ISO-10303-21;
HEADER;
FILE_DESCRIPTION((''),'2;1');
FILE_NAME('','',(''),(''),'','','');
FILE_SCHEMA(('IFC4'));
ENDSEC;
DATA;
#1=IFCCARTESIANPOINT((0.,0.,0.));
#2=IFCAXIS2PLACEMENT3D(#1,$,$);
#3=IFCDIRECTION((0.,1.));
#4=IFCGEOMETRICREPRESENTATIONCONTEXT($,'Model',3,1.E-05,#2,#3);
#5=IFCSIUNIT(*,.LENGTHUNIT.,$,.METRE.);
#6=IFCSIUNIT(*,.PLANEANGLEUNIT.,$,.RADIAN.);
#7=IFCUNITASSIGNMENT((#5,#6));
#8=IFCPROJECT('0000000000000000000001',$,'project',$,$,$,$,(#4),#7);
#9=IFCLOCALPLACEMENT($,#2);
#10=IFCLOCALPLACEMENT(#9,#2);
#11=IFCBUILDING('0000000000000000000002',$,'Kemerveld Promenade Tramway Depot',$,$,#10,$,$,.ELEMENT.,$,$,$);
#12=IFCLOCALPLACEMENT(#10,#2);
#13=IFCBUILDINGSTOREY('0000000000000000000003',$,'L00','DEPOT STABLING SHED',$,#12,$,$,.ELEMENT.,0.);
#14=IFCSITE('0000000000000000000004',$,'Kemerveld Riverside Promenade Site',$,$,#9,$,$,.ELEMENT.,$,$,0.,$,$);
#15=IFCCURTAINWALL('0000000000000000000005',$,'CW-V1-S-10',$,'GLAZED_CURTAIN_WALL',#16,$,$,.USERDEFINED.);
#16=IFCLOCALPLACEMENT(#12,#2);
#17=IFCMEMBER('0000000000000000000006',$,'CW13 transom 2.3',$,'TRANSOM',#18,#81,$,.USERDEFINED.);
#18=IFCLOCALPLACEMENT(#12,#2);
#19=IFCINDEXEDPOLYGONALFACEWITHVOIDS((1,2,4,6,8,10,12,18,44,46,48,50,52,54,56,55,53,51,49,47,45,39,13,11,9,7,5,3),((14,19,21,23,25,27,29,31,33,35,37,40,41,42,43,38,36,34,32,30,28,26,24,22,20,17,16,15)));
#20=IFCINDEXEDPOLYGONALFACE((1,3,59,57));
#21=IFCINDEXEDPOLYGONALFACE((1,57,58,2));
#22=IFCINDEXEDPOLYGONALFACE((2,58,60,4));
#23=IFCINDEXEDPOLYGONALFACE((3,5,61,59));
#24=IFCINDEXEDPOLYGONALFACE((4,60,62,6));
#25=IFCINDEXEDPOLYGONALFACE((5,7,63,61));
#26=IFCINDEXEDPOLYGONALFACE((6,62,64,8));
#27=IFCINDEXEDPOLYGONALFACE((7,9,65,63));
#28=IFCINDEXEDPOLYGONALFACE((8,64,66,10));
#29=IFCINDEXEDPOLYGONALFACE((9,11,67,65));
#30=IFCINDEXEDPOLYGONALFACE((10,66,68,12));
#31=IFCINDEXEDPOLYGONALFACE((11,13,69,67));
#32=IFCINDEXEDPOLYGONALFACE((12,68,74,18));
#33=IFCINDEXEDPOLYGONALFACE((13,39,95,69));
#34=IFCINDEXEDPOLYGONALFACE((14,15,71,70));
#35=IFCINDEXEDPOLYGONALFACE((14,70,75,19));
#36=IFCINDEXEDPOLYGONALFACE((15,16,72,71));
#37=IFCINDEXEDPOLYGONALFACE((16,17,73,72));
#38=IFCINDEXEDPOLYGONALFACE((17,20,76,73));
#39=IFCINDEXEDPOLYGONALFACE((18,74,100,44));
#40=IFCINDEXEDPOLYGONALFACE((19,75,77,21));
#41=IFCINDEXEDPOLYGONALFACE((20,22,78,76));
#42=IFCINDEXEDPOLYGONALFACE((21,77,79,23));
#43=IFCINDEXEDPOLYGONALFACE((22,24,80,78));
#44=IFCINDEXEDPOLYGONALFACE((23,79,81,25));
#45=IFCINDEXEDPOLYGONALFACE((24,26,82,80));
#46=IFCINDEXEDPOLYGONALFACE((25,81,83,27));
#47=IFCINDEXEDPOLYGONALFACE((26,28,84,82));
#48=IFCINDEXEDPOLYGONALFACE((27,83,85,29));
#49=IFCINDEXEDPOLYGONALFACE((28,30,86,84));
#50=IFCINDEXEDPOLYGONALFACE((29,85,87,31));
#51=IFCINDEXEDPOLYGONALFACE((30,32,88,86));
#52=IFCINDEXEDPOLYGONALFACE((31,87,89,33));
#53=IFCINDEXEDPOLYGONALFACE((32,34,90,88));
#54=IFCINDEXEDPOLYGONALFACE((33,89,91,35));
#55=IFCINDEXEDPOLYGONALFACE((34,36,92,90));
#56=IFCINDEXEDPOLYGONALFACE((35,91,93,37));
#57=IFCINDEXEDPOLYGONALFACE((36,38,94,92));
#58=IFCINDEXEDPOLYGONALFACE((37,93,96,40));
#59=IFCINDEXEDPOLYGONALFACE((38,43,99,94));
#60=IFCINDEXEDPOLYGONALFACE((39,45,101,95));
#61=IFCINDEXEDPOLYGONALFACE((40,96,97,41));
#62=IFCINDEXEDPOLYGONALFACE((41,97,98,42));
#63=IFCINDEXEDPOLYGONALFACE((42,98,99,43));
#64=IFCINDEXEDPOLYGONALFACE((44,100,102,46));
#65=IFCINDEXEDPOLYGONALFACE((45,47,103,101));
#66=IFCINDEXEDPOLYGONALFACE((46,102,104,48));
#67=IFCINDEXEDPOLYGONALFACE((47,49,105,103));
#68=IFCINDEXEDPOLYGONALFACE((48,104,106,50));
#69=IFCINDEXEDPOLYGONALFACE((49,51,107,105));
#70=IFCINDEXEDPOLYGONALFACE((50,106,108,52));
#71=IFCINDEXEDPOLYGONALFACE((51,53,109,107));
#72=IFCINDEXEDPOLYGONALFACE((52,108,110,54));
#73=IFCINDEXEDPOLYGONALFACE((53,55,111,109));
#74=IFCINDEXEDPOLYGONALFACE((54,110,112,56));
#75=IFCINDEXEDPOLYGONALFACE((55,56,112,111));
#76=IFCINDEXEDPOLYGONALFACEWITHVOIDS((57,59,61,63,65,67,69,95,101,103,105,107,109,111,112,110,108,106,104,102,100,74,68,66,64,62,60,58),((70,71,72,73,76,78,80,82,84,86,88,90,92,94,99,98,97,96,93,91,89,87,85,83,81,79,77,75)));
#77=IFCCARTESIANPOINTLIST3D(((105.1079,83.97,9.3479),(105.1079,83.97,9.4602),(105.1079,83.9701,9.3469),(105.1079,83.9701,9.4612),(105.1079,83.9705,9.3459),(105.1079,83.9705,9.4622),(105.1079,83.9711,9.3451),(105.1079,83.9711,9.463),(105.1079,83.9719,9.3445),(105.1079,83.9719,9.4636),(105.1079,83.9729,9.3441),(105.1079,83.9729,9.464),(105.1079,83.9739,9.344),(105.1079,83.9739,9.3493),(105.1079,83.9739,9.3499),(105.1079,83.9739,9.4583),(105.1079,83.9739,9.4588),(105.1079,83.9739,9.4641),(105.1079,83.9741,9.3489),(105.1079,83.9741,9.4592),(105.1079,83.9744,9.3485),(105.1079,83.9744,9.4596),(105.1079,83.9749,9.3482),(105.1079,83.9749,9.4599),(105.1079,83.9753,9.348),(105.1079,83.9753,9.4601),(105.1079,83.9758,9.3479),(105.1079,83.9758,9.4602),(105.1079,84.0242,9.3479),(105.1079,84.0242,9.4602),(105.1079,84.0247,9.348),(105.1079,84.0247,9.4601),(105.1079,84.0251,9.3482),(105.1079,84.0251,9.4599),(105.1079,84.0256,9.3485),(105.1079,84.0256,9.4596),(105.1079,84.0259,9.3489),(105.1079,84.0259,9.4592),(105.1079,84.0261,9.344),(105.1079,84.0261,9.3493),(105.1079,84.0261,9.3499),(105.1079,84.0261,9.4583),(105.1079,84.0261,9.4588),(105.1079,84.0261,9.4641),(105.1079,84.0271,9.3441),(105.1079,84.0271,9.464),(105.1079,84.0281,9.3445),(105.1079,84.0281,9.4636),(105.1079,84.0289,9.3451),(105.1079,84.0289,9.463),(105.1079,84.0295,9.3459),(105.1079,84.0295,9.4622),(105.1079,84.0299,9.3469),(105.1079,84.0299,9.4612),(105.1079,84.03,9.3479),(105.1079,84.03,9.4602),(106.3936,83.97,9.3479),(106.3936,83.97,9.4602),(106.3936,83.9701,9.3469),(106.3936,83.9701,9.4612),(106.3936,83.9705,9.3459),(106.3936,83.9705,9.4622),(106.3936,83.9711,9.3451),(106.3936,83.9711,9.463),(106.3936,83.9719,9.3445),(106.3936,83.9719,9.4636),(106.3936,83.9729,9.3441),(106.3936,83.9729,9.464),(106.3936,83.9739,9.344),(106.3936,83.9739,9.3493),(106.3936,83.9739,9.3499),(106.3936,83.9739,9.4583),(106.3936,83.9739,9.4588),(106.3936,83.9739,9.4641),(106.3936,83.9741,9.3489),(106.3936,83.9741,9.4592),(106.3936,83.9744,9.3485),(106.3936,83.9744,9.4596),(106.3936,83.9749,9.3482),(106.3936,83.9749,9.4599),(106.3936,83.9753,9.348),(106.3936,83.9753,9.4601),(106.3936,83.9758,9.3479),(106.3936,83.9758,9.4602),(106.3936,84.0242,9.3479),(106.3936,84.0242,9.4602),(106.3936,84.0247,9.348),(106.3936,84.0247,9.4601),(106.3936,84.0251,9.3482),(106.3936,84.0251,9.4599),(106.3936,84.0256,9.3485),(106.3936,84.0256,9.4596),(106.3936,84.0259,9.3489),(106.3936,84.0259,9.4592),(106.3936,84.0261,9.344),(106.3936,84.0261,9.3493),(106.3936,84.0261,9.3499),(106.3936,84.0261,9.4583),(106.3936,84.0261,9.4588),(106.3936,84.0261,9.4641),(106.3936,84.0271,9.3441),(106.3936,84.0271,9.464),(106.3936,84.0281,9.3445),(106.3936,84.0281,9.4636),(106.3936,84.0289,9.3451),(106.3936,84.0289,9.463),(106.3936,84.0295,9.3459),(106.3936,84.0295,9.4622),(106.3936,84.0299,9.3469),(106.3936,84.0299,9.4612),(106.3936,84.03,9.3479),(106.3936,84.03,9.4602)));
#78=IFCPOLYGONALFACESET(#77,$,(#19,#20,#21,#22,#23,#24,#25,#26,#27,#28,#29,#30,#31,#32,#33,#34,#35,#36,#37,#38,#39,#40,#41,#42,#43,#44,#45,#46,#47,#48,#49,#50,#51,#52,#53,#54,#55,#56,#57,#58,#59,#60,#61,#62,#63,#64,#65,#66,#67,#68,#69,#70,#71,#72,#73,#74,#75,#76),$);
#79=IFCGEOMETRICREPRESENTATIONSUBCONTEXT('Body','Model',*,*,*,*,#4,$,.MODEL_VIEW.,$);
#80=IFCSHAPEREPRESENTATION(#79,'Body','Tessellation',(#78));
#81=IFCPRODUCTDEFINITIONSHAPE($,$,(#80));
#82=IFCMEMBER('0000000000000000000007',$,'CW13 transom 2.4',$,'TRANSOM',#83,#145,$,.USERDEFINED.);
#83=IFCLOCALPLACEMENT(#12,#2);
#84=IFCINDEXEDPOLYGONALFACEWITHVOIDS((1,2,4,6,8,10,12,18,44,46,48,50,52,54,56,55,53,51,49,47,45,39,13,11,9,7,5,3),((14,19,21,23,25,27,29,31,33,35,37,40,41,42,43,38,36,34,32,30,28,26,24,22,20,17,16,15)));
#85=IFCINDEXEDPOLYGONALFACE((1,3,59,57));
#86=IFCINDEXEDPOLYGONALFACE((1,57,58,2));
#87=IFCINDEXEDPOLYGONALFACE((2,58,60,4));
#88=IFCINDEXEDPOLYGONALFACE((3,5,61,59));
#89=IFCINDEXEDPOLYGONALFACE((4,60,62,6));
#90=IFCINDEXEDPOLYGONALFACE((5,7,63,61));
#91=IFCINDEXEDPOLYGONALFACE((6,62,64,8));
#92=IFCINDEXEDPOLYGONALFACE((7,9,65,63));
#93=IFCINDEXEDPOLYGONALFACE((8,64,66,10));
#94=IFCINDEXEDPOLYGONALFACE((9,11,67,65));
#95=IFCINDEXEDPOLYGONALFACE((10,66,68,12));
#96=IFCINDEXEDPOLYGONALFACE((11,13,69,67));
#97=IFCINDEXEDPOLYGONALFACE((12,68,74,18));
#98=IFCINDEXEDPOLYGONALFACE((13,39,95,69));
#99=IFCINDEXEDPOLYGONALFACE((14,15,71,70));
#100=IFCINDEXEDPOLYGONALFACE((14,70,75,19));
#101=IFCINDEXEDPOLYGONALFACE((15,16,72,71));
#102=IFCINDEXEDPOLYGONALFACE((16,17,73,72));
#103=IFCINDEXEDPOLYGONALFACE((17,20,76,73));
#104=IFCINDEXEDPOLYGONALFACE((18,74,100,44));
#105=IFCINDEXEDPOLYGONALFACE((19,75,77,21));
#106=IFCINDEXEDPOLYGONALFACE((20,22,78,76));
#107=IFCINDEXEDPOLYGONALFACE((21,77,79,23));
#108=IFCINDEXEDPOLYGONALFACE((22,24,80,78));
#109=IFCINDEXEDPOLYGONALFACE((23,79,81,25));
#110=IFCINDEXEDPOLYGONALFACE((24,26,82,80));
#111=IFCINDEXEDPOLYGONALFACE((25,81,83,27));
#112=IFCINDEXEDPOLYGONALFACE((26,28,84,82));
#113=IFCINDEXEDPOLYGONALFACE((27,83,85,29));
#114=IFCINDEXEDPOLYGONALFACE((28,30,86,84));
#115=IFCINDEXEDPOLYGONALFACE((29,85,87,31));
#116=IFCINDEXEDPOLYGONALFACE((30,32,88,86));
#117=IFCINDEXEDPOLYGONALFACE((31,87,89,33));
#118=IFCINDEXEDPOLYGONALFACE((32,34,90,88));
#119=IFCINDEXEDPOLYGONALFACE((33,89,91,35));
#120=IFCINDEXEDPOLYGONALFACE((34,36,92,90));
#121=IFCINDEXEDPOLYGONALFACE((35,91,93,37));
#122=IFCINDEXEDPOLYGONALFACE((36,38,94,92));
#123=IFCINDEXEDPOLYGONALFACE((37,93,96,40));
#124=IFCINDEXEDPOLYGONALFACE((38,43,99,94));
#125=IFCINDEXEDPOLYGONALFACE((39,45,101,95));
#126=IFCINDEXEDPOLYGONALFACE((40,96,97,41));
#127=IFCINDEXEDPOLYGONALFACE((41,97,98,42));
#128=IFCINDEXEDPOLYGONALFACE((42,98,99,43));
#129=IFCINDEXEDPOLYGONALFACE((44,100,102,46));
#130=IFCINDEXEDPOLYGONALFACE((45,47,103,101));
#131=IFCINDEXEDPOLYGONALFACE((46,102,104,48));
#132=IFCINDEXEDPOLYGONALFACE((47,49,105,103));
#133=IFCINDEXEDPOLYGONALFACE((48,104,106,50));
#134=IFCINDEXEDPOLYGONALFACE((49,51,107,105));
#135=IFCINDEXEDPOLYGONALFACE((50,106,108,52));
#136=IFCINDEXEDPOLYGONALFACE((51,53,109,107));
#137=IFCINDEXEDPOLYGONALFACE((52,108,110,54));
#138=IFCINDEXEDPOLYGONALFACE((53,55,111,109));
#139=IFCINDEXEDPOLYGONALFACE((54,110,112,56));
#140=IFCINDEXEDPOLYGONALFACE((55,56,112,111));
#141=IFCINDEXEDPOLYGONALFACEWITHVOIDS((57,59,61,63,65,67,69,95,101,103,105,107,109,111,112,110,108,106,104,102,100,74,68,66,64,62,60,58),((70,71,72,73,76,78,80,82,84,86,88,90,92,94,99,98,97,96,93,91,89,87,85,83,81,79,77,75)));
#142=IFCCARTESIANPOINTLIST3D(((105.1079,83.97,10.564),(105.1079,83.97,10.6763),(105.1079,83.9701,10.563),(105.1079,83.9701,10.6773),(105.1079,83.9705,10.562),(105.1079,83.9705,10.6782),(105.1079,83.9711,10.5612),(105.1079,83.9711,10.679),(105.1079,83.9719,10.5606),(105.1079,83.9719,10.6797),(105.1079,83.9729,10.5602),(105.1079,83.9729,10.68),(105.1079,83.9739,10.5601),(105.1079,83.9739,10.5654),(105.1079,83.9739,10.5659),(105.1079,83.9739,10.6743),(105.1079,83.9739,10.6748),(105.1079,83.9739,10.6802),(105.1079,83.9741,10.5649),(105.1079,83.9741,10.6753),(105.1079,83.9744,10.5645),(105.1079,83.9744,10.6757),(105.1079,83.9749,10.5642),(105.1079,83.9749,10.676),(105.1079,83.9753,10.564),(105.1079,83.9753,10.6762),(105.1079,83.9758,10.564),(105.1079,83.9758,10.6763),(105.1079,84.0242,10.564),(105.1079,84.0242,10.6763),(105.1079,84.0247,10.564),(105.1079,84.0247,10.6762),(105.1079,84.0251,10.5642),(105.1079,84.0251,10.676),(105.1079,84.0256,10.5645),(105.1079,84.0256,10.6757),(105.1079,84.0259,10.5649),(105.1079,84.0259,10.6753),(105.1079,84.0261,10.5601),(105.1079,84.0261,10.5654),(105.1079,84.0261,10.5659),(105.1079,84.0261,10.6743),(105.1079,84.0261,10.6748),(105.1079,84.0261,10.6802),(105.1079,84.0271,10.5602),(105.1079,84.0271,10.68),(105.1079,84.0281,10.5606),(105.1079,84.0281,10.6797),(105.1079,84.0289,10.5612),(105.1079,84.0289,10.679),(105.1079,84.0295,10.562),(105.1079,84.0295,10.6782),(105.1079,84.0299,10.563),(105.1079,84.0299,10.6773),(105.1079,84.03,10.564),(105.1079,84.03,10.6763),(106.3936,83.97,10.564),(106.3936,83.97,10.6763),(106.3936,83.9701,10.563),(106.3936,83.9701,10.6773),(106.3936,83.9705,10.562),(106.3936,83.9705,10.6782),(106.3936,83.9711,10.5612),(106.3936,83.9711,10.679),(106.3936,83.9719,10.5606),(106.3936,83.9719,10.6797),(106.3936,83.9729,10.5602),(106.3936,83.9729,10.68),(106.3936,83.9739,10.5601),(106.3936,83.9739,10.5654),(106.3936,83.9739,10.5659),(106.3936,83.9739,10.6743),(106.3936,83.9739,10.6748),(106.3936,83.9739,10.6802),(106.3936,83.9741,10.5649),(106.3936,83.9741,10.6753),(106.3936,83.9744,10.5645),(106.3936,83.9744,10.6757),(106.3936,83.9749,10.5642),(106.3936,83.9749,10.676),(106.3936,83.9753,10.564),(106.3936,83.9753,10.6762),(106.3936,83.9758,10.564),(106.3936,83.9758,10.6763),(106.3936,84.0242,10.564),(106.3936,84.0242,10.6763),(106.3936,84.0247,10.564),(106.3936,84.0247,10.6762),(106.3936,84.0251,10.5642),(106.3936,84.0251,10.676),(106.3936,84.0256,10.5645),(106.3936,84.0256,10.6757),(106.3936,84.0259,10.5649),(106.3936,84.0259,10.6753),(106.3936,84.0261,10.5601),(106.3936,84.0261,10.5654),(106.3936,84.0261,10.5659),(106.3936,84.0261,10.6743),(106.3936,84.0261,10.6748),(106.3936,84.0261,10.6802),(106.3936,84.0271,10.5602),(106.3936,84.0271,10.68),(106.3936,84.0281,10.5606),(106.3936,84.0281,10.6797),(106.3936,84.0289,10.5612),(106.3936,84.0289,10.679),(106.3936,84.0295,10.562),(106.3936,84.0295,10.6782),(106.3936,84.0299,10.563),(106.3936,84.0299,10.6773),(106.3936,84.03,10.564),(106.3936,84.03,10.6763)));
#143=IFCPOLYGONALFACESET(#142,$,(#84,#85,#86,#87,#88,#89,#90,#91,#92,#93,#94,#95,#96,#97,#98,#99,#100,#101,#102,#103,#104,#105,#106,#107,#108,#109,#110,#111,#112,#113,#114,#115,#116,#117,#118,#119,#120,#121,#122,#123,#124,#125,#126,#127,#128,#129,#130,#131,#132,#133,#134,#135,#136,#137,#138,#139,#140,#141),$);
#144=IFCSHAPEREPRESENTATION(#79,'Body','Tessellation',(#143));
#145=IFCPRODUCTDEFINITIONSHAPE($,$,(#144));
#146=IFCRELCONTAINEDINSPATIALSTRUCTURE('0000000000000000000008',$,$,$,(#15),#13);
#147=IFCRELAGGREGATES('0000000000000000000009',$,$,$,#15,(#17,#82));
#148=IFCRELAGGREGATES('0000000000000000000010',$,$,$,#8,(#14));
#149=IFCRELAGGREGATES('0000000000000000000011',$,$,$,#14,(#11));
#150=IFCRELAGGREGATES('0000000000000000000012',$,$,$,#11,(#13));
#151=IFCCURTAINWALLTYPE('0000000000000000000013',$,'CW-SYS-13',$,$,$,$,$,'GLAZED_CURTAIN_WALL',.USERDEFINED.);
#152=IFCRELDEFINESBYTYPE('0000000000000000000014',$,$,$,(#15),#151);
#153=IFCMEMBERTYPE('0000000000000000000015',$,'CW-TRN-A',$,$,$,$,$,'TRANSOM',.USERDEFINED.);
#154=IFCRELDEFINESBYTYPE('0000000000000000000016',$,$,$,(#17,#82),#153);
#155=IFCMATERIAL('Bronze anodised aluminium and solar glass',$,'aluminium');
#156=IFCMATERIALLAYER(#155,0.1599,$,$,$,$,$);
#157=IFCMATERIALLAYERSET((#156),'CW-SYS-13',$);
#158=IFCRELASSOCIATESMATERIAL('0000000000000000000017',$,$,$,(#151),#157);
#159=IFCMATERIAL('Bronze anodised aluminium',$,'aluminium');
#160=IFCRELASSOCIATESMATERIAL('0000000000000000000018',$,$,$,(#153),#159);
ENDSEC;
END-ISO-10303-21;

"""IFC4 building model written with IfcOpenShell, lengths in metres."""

from ifc_helpers import new_model, si_unit, direction, frame, origin, origin_2d, place, context, subcontext, project, spatial, hollow_rectangle, extrude, material, layer, layer_set, material_profile, profile_set, type_object, element, aggregate, save


model = new_model("IFC4")

# Units and contexts
model_context = context("Model", 3, precision=1e-05, world=origin(), true_north=direction((0.0, 1.0)))
body_context = subcontext(model_context, "Body", "Model", "MODEL_VIEW")
ifc_project = project(units=[si_unit("LENGTHUNIT", "METRE"), si_unit("PLANEANGLEUNIT", "RADIAN")], contexts=[model_context])

# Site, building, storey
site_placement = place(None, origin())
site = spatial("IfcSite", under=ifc_project, at=site_placement, Name="Kemerveld Riverside Promenade Site", CompositionType="ELEMENT", RefElevation=0.0)
building_placement = place(site_placement, origin())
building = spatial("IfcBuilding", under=site, at=building_placement, Name="Kemerveld Promenade Tramway Depot", CompositionType="ELEMENT")
storey_placement = place(building_placement, origin())
storey = spatial("IfcBuildingStorey", under=building, at=storey_placement, Name="L00", Description="DEPOT STABLING SHED", CompositionType="ELEMENT", Elevation=0.0)

# Curtain wall, members
ifc_material_1 = material(Name="Bronze anodised aluminium and solar glass", Category="aluminium")
ifc_layer_1 = layer(ifc_material_1, 0.1599)
ifc_layer_set_1 = layer_set([ifc_layer_1], Name="CW-SYS-13")
curtain_wall_type_1 = type_object("IfcCurtainWallType", Name="CW-SYS-13", ElementType="GLAZED_CURTAIN_WALL", PredefinedType="USERDEFINED", material=ifc_layer_set_1)
curtain_wall_1_placement = place(storey_placement, origin())
curtain_wall_1 = element("IfcCurtainWall", 1, at=curtain_wall_1_placement, inside=storey, type_object=curtain_wall_type_1, Name="CW-V1-S-10", ObjectType="GLAZED_CURTAIN_WALL", PredefinedType="USERDEFINED")
ifc_material_2 = material(Name="Bronze anodised aluminium", Category="aluminium")
ifc_material_profile_1 = material_profile(ifc_material_2, hollow_rectangle(XDim=0.0601, YDim=0.1201, WallThickness=0.0039, InnerFilletRadius=0.002, OuterFilletRadius=0.0039, at=origin_2d()), Name="CW-TRN-120x60")
ifc_profile_set_1 = profile_set([ifc_material_profile_1], Name="Bronze anodised aluminium")
member_type_1 = type_object("IfcMemberType", Name="CW-TRN-A", ElementType="TRANSOM", PredefinedType="USERDEFINED", material=ifc_profile_set_1)
member_1_placement = place(storey_placement, frame((106.3936, 84.0, 9.4041), z_axis=(-1.0, 0.0, 0.0), x_axis=(0.0, -1.0, 0.0)))
member_1 = element("IfcMember", 2, at=member_1_placement, type_object=member_type_1, Name="CW13 transom 2.3", ObjectType="TRANSOM", PredefinedType="USERDEFINED", context=body_context, shape_type="SweptSolid", body=[
    extrude(hollow_rectangle(XDim=0.0601, YDim=0.1201, WallThickness=0.0039, InnerFilletRadius=0.002, OuterFilletRadius=0.0039, at=origin_2d()), origin(), (0.0, 0.0, 1.0), 1.2856),
])
member_2_placement = place(storey_placement, frame((106.3936, 84.0, 10.6201), z_axis=(-1.0, 0.0, 0.0), x_axis=(0.0, -1.0, 0.0)))
member_2 = element("IfcMember", 3, at=member_2_placement, type_object=member_type_1, Name="CW13 transom 2.4", ObjectType="TRANSOM", PredefinedType="USERDEFINED", context=body_context, shape_type="SweptSolid", body=[
    extrude(hollow_rectangle(XDim=0.0601, YDim=0.1201, WallThickness=0.0039, InnerFilletRadius=0.002, OuterFilletRadius=0.0039, at=origin_2d()), origin(), (0.0, 0.0, 1.0), 1.2856),
])

aggregate(curtain_wall_1, [member_1, member_2])

save(model, "model.ifc")
